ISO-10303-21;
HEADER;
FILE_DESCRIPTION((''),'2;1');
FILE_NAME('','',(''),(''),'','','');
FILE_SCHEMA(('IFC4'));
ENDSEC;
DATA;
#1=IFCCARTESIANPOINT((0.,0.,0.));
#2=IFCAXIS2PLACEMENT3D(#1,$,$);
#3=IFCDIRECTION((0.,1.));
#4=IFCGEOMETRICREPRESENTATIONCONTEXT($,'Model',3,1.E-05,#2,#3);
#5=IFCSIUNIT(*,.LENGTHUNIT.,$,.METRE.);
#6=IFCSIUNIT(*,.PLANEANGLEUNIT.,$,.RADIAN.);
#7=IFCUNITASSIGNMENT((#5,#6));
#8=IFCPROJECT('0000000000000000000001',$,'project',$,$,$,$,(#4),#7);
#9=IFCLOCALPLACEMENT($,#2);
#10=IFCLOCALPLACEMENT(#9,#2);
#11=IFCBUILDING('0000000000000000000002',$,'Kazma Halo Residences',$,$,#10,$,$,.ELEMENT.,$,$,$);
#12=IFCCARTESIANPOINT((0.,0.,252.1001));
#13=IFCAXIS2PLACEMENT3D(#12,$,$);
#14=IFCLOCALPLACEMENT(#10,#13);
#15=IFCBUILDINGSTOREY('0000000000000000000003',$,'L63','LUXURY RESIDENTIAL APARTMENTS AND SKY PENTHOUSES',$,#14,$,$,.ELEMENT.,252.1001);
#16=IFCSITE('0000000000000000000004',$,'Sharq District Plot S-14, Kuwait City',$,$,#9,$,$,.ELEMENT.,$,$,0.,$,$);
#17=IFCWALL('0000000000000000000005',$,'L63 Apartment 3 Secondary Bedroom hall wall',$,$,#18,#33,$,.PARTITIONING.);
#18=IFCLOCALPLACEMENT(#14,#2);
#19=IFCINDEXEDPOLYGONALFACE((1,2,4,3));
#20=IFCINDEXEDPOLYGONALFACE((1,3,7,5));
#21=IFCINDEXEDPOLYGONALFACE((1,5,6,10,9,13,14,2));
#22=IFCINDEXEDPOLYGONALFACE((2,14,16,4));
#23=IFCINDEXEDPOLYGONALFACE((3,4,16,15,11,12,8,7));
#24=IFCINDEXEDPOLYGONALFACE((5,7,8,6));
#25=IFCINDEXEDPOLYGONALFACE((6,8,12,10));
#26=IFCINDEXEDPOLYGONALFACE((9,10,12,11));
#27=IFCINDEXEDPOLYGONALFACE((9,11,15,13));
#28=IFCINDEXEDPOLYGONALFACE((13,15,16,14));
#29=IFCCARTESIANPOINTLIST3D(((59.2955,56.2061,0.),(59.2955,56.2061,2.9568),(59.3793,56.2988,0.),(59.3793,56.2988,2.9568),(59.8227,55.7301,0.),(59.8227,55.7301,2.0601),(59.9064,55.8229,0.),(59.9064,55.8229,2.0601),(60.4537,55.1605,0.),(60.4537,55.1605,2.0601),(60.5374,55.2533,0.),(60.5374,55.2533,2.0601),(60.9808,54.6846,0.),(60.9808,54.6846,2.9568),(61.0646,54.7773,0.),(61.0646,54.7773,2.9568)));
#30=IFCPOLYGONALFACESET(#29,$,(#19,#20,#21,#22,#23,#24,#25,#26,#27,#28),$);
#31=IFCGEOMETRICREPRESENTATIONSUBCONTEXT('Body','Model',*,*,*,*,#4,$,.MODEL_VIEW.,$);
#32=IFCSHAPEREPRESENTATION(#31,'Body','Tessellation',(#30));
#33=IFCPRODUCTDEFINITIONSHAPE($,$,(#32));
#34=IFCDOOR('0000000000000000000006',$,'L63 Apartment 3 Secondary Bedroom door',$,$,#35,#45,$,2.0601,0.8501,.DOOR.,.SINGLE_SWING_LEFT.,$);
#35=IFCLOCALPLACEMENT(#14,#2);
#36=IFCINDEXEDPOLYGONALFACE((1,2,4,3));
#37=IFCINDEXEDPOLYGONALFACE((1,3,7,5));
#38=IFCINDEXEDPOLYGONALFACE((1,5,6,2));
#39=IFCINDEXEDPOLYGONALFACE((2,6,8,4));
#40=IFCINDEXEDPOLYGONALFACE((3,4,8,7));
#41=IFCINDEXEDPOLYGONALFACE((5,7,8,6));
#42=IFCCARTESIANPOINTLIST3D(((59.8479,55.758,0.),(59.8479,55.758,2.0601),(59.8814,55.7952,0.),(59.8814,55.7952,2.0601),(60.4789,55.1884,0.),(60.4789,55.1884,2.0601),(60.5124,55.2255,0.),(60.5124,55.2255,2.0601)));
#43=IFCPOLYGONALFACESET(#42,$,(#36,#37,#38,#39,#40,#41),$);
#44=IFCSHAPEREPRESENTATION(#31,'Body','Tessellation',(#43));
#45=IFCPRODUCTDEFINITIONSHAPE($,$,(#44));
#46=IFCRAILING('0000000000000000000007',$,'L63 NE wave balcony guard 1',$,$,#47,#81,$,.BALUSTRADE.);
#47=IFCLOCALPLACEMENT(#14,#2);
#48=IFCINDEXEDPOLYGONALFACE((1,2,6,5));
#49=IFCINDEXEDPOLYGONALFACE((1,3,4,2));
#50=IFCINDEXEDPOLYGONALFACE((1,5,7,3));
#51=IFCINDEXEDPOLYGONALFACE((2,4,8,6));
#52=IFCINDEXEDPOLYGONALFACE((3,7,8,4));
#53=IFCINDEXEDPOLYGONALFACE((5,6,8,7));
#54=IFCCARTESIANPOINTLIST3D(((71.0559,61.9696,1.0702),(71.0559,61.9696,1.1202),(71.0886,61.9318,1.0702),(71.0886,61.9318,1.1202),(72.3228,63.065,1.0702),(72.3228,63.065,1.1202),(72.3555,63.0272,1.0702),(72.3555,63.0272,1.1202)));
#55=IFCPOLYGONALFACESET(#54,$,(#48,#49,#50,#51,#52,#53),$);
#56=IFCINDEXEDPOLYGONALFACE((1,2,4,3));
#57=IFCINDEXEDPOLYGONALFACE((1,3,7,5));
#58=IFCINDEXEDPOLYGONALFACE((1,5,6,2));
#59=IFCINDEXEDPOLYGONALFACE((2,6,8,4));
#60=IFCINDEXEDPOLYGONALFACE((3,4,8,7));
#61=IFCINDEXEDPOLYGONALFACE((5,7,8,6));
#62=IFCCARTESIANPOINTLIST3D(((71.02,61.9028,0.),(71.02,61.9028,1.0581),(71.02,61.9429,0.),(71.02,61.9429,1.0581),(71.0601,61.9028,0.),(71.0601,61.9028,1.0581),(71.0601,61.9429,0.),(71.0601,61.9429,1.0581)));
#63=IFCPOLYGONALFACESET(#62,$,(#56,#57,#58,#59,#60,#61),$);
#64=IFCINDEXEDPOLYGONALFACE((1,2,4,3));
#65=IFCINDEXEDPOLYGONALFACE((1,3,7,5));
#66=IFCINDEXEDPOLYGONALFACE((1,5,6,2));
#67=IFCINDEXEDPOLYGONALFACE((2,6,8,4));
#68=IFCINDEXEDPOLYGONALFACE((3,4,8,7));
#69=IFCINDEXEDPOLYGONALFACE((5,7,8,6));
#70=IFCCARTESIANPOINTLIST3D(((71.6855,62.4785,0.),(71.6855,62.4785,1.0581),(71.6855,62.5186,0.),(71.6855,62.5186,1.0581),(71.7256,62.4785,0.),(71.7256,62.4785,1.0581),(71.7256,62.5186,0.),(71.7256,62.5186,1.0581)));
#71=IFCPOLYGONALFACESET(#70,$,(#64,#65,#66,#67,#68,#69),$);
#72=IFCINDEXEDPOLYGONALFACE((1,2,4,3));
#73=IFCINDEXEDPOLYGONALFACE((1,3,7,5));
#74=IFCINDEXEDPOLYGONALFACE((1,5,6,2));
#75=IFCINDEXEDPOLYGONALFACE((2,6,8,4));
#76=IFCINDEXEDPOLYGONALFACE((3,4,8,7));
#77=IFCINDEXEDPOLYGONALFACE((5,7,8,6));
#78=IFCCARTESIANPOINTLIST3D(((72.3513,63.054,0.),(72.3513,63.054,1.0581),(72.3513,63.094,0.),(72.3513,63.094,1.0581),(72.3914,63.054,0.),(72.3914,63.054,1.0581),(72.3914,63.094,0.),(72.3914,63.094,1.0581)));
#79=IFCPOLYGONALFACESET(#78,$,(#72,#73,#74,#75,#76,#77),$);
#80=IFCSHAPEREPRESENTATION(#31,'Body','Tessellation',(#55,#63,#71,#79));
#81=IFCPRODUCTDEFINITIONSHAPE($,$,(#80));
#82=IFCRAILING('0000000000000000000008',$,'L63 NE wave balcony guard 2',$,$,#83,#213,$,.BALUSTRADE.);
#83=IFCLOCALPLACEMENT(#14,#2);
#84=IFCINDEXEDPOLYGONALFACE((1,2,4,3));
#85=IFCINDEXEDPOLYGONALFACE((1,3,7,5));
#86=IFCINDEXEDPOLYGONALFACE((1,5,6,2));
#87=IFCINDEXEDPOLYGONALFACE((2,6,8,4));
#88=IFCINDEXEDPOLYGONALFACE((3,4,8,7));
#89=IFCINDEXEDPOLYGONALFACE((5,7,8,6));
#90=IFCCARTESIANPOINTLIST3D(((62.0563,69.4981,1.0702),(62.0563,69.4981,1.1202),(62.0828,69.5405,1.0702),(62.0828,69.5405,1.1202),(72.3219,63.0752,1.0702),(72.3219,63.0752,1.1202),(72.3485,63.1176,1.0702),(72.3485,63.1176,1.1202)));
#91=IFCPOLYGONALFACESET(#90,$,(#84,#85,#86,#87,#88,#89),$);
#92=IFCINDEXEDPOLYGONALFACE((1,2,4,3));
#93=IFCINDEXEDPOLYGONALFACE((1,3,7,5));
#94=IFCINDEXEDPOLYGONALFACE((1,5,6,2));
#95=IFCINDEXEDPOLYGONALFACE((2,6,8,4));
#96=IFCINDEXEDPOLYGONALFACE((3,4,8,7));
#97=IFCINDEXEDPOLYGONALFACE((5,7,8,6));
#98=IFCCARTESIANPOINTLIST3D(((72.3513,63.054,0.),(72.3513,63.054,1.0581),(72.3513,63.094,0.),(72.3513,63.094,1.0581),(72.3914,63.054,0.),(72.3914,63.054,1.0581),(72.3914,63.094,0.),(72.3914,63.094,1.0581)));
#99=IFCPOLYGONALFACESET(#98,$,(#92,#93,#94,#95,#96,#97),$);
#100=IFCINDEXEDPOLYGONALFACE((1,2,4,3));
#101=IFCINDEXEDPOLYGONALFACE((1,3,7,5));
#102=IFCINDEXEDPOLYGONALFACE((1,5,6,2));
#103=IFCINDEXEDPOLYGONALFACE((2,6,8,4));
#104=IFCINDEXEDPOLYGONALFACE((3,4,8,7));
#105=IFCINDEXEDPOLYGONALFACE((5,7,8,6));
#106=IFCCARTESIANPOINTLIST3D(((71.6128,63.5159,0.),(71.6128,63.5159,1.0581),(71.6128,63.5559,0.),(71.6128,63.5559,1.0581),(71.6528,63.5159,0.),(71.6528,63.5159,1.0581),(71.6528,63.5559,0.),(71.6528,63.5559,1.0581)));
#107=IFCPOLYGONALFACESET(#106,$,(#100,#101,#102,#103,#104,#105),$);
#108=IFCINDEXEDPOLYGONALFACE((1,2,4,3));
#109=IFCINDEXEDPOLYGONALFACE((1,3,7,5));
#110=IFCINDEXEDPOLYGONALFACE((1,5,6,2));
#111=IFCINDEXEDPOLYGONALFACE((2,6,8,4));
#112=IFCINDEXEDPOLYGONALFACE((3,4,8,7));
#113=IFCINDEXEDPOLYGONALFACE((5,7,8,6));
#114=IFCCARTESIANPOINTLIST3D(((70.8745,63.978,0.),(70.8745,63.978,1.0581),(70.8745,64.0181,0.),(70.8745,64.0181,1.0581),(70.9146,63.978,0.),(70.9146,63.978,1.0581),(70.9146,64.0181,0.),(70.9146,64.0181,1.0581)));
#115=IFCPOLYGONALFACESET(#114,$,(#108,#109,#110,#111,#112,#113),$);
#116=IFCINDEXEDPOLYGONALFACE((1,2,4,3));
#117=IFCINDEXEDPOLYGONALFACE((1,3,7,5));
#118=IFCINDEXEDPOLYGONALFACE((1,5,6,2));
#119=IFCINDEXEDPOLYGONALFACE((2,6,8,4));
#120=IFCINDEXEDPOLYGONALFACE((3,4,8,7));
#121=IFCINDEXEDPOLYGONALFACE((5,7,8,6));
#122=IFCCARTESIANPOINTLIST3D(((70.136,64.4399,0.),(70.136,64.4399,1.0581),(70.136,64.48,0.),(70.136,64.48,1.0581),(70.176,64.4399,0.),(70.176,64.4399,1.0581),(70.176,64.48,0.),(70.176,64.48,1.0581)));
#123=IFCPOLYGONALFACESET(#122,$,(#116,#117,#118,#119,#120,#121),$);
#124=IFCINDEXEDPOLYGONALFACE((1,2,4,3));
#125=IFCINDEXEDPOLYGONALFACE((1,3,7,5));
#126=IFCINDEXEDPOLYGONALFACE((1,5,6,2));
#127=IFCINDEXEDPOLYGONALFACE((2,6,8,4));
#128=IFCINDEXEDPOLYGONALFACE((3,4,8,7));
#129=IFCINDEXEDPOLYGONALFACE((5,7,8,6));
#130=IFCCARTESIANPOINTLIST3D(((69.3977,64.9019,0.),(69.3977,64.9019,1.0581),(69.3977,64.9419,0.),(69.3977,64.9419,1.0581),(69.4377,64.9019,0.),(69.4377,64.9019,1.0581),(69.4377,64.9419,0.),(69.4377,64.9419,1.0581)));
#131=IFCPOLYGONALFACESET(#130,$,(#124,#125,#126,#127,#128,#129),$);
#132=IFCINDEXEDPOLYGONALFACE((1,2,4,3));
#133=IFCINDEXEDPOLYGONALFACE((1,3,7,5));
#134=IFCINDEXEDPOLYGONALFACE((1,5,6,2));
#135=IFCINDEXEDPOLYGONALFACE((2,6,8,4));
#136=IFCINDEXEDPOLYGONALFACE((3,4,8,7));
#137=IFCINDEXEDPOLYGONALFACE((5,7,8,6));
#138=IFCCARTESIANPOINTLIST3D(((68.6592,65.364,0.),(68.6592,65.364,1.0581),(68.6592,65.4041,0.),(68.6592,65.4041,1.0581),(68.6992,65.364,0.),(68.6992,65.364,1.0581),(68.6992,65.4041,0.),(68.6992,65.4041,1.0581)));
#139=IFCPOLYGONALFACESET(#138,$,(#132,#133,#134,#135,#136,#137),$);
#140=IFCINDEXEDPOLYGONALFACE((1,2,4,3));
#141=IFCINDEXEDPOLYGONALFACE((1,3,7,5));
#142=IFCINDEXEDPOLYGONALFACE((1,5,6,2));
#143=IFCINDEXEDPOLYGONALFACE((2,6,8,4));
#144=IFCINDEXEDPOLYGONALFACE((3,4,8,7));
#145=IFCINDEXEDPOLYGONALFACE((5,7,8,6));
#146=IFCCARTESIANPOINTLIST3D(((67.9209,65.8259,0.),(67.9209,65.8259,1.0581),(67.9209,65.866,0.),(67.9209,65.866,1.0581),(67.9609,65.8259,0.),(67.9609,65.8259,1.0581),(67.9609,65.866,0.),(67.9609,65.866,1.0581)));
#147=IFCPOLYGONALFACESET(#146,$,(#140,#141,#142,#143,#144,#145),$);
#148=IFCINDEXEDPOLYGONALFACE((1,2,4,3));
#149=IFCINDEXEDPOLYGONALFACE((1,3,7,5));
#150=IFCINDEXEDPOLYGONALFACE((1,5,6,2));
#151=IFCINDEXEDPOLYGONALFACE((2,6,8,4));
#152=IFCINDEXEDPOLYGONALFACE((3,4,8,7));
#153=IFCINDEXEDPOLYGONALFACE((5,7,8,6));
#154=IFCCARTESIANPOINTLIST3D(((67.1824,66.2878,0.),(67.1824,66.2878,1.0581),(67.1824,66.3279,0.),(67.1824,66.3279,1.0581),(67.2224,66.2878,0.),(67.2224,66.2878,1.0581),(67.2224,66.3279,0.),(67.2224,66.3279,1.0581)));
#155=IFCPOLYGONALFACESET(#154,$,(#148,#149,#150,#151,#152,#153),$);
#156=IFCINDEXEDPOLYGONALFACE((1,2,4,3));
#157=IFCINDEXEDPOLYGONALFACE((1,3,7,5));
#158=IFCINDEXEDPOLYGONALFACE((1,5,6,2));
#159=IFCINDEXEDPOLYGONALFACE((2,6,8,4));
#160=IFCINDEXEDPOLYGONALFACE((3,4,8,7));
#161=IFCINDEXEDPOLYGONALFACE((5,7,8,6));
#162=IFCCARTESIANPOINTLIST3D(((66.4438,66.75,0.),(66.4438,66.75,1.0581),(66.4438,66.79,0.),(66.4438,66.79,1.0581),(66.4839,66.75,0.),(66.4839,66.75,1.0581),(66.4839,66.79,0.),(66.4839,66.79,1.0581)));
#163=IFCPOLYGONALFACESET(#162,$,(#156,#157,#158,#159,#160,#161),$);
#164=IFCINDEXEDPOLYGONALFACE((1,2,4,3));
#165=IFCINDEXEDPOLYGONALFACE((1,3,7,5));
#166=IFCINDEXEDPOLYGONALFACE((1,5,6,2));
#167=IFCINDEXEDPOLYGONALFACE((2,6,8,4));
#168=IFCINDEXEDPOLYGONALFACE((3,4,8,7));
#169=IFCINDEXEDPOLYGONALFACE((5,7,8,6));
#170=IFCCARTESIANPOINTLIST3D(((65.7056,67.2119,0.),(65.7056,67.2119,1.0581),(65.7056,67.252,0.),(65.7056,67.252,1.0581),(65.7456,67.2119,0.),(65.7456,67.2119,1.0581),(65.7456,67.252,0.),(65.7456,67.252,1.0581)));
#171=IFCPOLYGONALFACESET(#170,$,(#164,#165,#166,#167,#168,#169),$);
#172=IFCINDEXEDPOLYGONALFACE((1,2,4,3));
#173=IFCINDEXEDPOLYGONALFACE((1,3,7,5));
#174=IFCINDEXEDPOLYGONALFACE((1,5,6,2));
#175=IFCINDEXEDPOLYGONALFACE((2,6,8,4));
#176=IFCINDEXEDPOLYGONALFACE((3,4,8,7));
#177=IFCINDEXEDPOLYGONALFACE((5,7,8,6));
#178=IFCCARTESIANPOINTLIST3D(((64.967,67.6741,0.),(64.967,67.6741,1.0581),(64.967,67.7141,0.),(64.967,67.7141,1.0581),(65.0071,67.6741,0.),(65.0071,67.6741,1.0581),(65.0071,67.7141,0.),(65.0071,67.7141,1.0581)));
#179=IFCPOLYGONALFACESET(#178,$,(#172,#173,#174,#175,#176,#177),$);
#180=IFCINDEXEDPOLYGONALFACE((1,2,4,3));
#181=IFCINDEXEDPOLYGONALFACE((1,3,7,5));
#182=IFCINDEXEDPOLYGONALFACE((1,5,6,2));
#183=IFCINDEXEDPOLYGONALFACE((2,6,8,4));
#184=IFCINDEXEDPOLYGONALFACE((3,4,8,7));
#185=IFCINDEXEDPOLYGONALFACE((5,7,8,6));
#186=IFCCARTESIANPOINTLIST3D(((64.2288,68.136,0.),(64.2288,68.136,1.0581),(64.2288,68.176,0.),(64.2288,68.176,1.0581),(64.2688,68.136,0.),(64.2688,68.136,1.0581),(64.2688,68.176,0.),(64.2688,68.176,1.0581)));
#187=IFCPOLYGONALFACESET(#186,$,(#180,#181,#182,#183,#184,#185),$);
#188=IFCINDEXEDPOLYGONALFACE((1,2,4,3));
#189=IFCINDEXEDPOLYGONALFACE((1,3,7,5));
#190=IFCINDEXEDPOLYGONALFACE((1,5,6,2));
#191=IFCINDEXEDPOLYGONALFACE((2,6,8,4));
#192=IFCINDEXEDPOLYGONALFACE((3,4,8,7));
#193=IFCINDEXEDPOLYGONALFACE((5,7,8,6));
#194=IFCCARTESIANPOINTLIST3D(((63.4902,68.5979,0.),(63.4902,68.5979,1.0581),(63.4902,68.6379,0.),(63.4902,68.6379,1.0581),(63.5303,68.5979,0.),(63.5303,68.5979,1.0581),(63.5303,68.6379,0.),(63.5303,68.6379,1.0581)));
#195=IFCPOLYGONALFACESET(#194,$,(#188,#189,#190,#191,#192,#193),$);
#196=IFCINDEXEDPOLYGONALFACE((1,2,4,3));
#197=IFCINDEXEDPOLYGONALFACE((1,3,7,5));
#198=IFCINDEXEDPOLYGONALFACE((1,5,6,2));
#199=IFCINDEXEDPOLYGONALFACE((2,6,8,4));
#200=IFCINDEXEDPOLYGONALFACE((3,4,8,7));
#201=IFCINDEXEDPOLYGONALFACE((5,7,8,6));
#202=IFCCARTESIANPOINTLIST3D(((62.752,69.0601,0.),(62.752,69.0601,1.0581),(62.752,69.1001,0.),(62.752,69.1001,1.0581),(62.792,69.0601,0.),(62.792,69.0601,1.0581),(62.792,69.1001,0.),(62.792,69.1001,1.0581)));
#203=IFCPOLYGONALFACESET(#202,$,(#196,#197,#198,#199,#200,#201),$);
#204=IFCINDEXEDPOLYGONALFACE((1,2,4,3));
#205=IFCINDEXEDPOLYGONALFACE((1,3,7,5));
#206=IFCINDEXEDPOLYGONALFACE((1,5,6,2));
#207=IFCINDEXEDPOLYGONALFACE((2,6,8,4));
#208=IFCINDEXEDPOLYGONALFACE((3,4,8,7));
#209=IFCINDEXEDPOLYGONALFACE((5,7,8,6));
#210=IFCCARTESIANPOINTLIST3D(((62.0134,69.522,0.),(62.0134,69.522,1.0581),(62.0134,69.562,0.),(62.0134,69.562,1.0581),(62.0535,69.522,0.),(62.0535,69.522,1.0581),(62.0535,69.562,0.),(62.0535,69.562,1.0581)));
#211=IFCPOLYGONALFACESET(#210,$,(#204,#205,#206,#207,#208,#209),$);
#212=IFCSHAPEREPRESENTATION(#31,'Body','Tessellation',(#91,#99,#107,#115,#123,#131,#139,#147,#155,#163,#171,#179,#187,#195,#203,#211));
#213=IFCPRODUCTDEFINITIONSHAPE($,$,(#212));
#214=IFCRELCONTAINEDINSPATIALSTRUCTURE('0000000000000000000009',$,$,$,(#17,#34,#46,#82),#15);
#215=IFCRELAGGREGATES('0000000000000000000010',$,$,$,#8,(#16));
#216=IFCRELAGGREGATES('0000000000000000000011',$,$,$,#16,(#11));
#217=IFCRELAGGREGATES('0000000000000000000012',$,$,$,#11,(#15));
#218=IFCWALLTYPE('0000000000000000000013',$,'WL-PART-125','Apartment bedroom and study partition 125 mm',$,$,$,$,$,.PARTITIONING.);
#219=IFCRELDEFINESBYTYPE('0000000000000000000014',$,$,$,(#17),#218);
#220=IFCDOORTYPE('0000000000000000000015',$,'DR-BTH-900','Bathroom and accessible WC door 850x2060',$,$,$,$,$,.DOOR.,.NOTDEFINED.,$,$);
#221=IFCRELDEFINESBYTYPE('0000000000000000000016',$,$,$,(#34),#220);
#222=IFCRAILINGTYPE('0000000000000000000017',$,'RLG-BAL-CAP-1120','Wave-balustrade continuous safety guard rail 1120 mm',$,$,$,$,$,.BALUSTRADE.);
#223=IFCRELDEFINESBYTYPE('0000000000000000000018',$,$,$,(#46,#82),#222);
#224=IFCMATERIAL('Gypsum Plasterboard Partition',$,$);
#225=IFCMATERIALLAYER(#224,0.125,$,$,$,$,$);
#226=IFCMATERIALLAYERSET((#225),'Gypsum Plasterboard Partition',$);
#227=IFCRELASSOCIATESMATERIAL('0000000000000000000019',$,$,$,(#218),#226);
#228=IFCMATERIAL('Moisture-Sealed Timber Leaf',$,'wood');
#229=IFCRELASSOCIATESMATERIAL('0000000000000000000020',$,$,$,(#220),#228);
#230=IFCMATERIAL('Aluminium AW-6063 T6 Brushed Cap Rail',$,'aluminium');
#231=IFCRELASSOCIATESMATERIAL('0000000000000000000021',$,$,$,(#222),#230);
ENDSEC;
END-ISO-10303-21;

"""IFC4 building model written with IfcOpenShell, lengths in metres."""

from ifc_helpers import new_model, si_unit, direction, frame, frame_2d, origin, origin_2d, place, context, subcontext, project, spatial, rectangle, extrude, material, layer, layer_set, type_object, element, fill, save


model = new_model("IFC4")

# Units and contexts
model_context = context("Model", 3, precision=1e-05, world=origin(), true_north=direction((0.0, 1.0)))
body_context = subcontext(model_context, "Body", "Model", "MODEL_VIEW")
ifc_project = project(units=[si_unit("LENGTHUNIT", "METRE"), si_unit("PLANEANGLEUNIT", "RADIAN")], contexts=[model_context])

# Site, building, storey
site_placement = place(None, origin())
site = spatial("IfcSite", under=ifc_project, at=site_placement, Name="Sharq District Plot S-14, Kuwait City", CompositionType="ELEMENT", RefElevation=0.0)
building_placement = place(site_placement, origin())
building = spatial("IfcBuilding", under=site, at=building_placement, Name="Kazma Halo Residences", CompositionType="ELEMENT")
storey_placement = place(building_placement, frame((0.0, 0.0, 252.1001)))
storey = spatial("IfcBuildingStorey", under=building, at=storey_placement, Name="L63", Description="LUXURY RESIDENTIAL APARTMENTS AND SKY PENTHOUSES", CompositionType="ELEMENT", Elevation=252.1001)

# Shared definitions
ifc_material_1 = material(Name="Gypsum Plasterboard Partition")
ifc_layer_1 = layer(ifc_material_1, 0.125)
ifc_layer_set_1 = layer_set([ifc_layer_1], Name="Gypsum Plasterboard Partition")
wall_type_1 = type_object("IfcWallType", Name="WL-PART-125", Description="Apartment bedroom and study partition 125 mm", PredefinedType="PARTITIONING", material=ifc_layer_set_1)

# Wall, opening, door
wall_1_placement = place(storey_placement, frame((61.0227, 54.731, 0.0), z_axis=(0.0, 0.0, 1.0), x_axis=(-0.742261, 0.67011, 0.0)))
wall_1 = element("IfcWall", 1, at=wall_1_placement, inside=storey, type_object=wall_type_1, Name="L63 Apartment 3 Secondary Bedroom hall wall", PredefinedType="PARTITIONING", context=body_context, shape_type="SweptSolid", body=[
    extrude(rectangle(XDim=2.2705, YDim=0.125, at=frame_2d((1.1353, 0.0))), origin(), (0.0, 0.0, 1.0), 2.9568),
])
opening_1_placement = place(wall_1_placement, frame((0.7102, 0.0, 0.0)))
opening_1 = element("IfcOpeningElement", 2, at=opening_1_placement, cuts=wall_1, PredefinedType="OPENING", context=body_context, shape_type="SweptSolid", body=[
    extrude(rectangle(XDim=0.8501, YDim=2.0601, at=frame_2d((0.425, 1.03))), frame((0.0, 0.0725, 0.0), z_axis=(0.0, -1.0, 0.0), x_axis=(1.0, 0.0, 0.0)), (0.0, 0.0, 1.0), 0.145),
])
ifc_material_2 = material(Name="Moisture-Sealed Timber Leaf", Category="wood")
door_type_1 = type_object("IfcDoorType", Name="DR-BTH-900", Description="Bathroom and accessible WC door 850x2060", OperationType="NOTDEFINED", PredefinedType="DOOR", material=ifc_material_2)
door_1_placement = place(opening_1_placement, origin())
door_1 = element("IfcDoor", 3, at=door_1_placement, inside=storey, type_object=door_type_1, Name="L63 Apartment 3 Secondary Bedroom door", OperationType="SINGLE_SWING_LEFT", OverallHeight=2.0601, OverallWidth=0.8501, PredefinedType="DOOR", context=body_context, shape_type="SweptSolid", body=[
    extrude(rectangle(XDim=0.8501, YDim=2.0601, at=frame_2d((0.425, 1.03))), frame((0.0, 0.0249, 0.0), z_axis=(0.0, -1.0, 0.0), x_axis=(1.0, 0.0, 0.0)), (0.0, 0.0, 1.0), 0.05),
])
fill(opening_1, door_1)

# Railings
ifc_material_3 = material(Name="Aluminium AW-6063 T6 Brushed Cap Rail", Category="aluminium")
railing_type = type_object("IfcRailingType", Name="RLG-BAL-CAP-1120", Description="Wave-balustrade continuous safety guard rail 1120 mm", PredefinedType="BALUSTRADE", material=ifc_material_3)
railing_1_placement = place(storey_placement, frame((71.04, 61.9229, 0.0)))
element("IfcRailing", 4, at=railing_1_placement, inside=storey, type_object=railing_type, Name="L63 NE wave balcony guard 1", PredefinedType="BALUSTRADE", context=body_context, shape_type="SweptSolid", body=[
    extrude(rectangle(XDim=0.05, YDim=0.05, at=origin_2d()), frame((0.0322, 0.0278, 1.0952), z_axis=(0.756439, 0.654064, 0.0), x_axis=(-0.654064, 0.756439, 0.0)), (0.0, 0.0, 1.0), 1.6748),
    extrude(rectangle(XDim=0.04, YDim=0.04, at=origin_2d()), origin(), (0.0, 0.0, 1.0), 1.0581),
    extrude(rectangle(XDim=0.04, YDim=0.04, at=origin_2d()), frame((0.6655, 0.5757, 0.0)), (0.0, 0.0, 1.0), 1.0581),
    extrude(rectangle(XDim=0.04, YDim=0.04, at=origin_2d()), frame((1.3313, 1.1511, 0.0)), (0.0, 0.0, 1.0), 1.0581),
])
railing_2_placement = place(storey_placement, frame((72.3713, 63.074, 0.0)))
element("IfcRailing", 5, at=railing_2_placement, inside=storey, type_object=railing_type, Name="L63 NE wave balcony guard 2", PredefinedType="BALUSTRADE", context=body_context, shape_type="SweptSolid", body=[
    extrude(rectangle(XDim=0.05, YDim=0.05, at=origin_2d()), frame((-0.0361, 0.0225, 1.0952), z_axis=(-0.847746, 0.530402, 0.0), x_axis=(-0.530402, -0.847746, 0.0)), (0.0, 0.0, 1.0), 12.1094),
    extrude(rectangle(XDim=0.04, YDim=0.04, at=origin_2d()), origin(), (0.0, 0.0, 1.0), 1.0581),
    extrude(rectangle(XDim=0.04, YDim=0.04, at=origin_2d()), frame((-0.7385, 0.4619, 0.0)), (0.0, 0.0, 1.0), 1.0581),
    extrude(rectangle(XDim=0.04, YDim=0.04, at=origin_2d()), frame((-1.4768, 0.9241, 0.0)), (0.0, 0.0, 1.0), 1.0581),
    extrude(rectangle(XDim=0.04, YDim=0.04, at=origin_2d()), frame((-2.2153, 1.386, 0.0)), (0.0, 0.0, 1.0), 1.0581),
    extrude(rectangle(XDim=0.04, YDim=0.04, at=origin_2d()), frame((-2.9536, 1.8479, 0.0)), (0.0, 0.0, 1.0), 1.0581),
    extrude(rectangle(XDim=0.04, YDim=0.04, at=origin_2d()), frame((-3.6921, 2.3101, 0.0)), (0.0, 0.0, 1.0), 1.0581),
    extrude(rectangle(XDim=0.04, YDim=0.04, at=origin_2d()), frame((-4.4304, 2.772, 0.0)), (0.0, 0.0, 1.0), 1.0581),
    extrude(rectangle(XDim=0.04, YDim=0.04, at=origin_2d()), frame((-5.1689, 3.2339, 0.0)), (0.0, 0.0, 1.0), 1.0581),
    extrude(rectangle(XDim=0.04, YDim=0.04, at=origin_2d()), frame((-5.9075, 3.696, 0.0)), (0.0, 0.0, 1.0), 1.0581),
    extrude(rectangle(XDim=0.04, YDim=0.04, at=origin_2d()), frame((-6.6458, 4.158, 0.0)), (0.0, 0.0, 1.0), 1.0581),
    extrude(rectangle(XDim=0.04, YDim=0.04, at=origin_2d()), frame((-7.3843, 4.6201, 0.0)), (0.0, 0.0, 1.0), 1.0581),
    extrude(rectangle(XDim=0.04, YDim=0.04, at=origin_2d()), frame((-8.1226, 5.082, 0.0)), (0.0, 0.0, 1.0), 1.0581),
    extrude(rectangle(XDim=0.04, YDim=0.04, at=origin_2d()), frame((-8.8611, 5.5439, 0.0)), (0.0, 0.0, 1.0), 1.0581),
    extrude(rectangle(XDim=0.04, YDim=0.04, at=origin_2d()), frame((-9.5994, 6.0061, 0.0)), (0.0, 0.0, 1.0), 1.0581),
    extrude(rectangle(XDim=0.04, YDim=0.04, at=origin_2d()), frame((-10.3379, 6.468, 0.0)), (0.0, 0.0, 1.0), 1.0581),
])

save(model, "model.ifc")
